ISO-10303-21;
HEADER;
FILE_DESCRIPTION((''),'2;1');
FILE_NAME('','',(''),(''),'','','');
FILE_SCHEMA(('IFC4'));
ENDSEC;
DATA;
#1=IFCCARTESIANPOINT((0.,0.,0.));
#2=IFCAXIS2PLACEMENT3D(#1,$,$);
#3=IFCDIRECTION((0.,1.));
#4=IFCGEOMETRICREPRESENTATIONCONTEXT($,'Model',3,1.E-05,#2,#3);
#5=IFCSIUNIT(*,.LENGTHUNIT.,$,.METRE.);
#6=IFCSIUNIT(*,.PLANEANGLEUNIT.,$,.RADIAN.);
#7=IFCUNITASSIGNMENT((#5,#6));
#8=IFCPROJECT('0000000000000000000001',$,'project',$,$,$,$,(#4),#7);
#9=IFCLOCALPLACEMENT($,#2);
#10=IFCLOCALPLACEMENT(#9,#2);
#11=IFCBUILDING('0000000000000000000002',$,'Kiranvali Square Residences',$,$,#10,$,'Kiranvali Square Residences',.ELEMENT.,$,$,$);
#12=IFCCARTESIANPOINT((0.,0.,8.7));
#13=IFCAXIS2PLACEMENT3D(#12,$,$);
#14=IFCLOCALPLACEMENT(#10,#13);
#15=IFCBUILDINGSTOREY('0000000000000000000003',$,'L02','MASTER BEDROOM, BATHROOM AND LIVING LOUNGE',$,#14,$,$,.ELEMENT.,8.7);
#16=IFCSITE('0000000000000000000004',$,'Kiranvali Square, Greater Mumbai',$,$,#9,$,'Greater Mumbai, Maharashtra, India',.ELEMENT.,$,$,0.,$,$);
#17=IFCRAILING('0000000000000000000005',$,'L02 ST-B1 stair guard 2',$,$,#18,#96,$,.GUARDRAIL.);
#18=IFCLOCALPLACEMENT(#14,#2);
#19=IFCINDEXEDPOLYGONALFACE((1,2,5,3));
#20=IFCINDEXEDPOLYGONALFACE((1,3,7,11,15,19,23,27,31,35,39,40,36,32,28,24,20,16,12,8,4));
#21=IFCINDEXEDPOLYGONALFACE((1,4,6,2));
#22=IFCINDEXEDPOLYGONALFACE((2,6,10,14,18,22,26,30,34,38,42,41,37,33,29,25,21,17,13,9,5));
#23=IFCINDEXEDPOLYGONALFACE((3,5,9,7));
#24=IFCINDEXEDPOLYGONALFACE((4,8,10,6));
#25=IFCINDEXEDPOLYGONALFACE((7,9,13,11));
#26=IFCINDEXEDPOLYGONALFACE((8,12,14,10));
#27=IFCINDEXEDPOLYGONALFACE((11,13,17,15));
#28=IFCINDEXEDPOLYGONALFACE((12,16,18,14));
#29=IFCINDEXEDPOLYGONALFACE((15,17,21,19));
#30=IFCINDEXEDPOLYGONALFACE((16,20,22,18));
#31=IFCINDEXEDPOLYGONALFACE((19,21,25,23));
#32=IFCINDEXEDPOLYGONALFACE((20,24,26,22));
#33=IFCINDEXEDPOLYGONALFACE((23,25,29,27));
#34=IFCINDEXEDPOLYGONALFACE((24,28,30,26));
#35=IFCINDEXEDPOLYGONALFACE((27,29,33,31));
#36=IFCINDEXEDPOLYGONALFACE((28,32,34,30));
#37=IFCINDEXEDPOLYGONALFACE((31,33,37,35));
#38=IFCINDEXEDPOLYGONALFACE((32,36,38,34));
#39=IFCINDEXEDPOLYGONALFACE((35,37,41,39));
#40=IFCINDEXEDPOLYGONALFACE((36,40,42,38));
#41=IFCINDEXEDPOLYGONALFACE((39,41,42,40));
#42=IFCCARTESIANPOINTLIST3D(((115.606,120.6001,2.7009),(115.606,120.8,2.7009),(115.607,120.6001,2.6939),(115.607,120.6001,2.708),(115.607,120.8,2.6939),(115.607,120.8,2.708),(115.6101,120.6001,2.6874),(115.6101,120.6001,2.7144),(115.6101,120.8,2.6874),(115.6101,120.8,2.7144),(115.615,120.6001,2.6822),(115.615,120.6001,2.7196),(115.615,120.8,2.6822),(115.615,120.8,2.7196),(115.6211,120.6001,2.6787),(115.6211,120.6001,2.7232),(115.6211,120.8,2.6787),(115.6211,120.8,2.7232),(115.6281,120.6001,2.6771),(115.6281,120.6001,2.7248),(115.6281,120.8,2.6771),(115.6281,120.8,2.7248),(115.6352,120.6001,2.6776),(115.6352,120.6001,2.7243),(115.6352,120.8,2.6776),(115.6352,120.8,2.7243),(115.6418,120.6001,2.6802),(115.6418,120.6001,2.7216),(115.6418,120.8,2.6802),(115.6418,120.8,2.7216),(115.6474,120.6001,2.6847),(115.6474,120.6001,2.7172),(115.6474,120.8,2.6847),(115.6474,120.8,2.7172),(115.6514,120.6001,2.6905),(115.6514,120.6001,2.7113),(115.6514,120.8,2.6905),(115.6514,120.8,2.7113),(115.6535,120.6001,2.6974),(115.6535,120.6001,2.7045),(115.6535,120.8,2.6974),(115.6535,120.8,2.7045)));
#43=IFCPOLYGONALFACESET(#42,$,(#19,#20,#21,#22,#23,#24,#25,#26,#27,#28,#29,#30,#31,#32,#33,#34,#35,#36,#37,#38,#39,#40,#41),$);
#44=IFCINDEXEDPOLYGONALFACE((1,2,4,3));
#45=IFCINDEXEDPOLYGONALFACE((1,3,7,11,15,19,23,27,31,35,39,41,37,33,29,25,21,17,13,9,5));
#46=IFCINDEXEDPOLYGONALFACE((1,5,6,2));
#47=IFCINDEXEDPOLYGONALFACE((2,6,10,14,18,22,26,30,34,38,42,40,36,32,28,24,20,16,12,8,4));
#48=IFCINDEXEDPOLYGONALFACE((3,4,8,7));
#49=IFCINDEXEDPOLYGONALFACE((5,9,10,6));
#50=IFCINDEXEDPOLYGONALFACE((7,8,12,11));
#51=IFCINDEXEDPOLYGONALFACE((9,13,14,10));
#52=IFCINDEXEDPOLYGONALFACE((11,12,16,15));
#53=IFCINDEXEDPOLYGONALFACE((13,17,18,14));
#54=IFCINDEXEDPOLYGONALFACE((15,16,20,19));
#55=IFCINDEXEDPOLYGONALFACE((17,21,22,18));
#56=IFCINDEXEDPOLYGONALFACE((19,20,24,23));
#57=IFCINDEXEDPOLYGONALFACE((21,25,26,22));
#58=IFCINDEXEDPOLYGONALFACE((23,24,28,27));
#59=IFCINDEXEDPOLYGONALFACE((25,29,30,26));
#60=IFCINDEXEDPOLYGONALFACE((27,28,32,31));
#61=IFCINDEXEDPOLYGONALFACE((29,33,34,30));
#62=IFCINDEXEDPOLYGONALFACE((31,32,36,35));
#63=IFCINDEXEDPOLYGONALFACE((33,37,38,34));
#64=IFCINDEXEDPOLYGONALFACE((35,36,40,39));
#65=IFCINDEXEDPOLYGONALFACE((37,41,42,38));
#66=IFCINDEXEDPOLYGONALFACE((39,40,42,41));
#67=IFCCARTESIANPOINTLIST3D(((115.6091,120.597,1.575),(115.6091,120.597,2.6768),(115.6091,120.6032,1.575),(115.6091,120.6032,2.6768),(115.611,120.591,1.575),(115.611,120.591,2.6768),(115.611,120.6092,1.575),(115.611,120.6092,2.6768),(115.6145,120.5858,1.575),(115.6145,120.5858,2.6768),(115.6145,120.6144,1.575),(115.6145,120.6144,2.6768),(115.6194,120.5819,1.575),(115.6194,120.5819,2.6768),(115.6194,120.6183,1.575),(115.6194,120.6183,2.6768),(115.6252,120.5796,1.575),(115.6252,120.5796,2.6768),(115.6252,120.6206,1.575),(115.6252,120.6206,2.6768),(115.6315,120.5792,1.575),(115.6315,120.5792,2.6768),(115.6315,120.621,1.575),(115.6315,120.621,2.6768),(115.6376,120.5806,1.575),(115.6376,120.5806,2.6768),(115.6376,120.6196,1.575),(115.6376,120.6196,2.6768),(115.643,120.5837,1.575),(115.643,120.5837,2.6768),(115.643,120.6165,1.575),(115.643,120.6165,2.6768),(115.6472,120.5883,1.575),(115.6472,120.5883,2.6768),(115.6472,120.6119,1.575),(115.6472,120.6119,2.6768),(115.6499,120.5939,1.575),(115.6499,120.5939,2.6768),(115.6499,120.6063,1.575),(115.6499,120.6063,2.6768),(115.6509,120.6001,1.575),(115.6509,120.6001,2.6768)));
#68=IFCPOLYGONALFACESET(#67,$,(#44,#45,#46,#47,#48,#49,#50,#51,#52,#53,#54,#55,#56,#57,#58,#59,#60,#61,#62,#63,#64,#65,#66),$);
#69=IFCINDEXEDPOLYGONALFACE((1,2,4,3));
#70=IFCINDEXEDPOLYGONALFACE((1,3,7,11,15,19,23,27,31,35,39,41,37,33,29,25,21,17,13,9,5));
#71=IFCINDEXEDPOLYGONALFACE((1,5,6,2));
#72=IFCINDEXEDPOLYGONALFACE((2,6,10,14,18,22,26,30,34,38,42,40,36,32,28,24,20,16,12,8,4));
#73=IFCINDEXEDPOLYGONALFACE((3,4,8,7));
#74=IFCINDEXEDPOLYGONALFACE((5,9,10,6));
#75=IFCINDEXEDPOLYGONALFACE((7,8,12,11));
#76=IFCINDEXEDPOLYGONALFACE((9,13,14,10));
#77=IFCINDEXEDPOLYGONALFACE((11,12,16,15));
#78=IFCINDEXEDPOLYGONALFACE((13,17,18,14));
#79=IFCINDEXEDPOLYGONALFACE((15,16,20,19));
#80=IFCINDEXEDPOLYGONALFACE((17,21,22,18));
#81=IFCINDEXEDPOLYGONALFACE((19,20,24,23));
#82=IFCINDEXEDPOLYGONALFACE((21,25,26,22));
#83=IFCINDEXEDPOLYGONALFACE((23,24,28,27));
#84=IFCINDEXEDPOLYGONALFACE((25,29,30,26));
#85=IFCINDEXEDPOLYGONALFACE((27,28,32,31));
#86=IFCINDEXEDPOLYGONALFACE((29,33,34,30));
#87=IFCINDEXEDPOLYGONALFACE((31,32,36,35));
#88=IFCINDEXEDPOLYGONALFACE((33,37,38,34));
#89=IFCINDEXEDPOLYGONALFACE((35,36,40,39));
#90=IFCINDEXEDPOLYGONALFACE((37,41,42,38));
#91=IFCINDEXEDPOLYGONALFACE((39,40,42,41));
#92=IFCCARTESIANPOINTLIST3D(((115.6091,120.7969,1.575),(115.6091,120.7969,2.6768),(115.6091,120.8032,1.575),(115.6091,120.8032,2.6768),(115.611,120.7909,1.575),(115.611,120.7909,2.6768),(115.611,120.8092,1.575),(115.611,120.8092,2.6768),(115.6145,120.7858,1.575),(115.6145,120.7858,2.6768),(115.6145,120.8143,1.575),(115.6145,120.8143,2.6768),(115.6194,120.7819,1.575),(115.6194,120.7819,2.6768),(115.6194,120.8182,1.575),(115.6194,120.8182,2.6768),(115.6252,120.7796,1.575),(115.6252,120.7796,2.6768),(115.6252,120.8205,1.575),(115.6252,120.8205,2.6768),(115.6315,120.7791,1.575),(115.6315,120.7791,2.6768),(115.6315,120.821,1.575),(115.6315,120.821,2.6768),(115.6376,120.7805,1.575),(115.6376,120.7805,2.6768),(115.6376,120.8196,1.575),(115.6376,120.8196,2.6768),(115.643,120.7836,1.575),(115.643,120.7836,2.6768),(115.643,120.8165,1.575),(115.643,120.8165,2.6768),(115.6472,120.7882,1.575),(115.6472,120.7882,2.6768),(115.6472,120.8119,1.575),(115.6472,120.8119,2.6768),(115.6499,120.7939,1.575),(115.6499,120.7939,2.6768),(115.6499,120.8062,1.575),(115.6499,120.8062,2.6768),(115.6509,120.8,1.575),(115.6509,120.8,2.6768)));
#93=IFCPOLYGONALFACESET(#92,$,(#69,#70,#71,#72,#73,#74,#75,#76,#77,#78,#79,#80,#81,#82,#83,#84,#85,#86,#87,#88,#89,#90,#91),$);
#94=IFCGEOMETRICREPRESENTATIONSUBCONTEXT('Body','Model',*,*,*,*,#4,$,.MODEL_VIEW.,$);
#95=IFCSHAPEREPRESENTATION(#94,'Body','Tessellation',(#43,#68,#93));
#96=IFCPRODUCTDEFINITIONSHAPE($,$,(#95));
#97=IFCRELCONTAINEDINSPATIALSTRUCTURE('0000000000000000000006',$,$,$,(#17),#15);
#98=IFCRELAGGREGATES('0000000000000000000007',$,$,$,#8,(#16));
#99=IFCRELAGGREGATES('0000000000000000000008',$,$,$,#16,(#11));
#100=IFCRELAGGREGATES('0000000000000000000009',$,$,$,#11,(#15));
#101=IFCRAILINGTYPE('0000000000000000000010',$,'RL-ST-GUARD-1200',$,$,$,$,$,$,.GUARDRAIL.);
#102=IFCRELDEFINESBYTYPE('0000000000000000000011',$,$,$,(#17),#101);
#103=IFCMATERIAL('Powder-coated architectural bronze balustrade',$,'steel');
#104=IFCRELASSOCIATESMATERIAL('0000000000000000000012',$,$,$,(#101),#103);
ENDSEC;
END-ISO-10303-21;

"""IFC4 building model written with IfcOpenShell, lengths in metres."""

from ifc_helpers import new_model, si_unit, direction, frame, origin, origin_2d, place, context, subcontext, project, spatial, circle, extrude, material, type_object, element, save


model = new_model("IFC4")

# Units and contexts
model_context = context("Model", 3, precision=1e-05, world=origin(), true_north=direction((0.0, 1.0)))
body_context = subcontext(model_context, "Body", "Model", "MODEL_VIEW")
ifc_project = project(units=[si_unit("LENGTHUNIT", "METRE"), si_unit("PLANEANGLEUNIT", "RADIAN")], contexts=[model_context])

# Site, building, storey
site_placement = place(None, origin())
site = spatial("IfcSite", under=ifc_project, at=site_placement, Name="Kiranvali Square, Greater Mumbai", LongName="Greater Mumbai, Maharashtra, India", CompositionType="ELEMENT", RefElevation=0.0)
building_placement = place(site_placement, origin())
building = spatial("IfcBuilding", under=site, at=building_placement, Name="Kiranvali Square Residences", LongName="Kiranvali Square Residences", CompositionType="ELEMENT")
storey_placement = place(building_placement, frame((0.0, 0.0, 8.7)))
storey = spatial("IfcBuildingStorey", under=building, at=storey_placement, Name="L02", Description="MASTER BEDROOM, BATHROOM AND LIVING LOUNGE", CompositionType="ELEMENT", Elevation=8.7)

# Railing
ifc_material_1 = material(Name="Powder-coated architectural bronze balustrade", Category="steel")
railing_type_1 = type_object("IfcRailingType", Name="RL-ST-GUARD-1200", PredefinedType="GUARDRAIL", material=ifc_material_1)
railing_1_placement = place(storey_placement, frame((115.6299, 120.6001, 1.575)))
element("IfcRailing", 1, at=railing_1_placement, inside=storey, type_object=railing_type_1, Name="L02 ST-B1 stair guard 2", PredefinedType="GUARDRAIL", context=body_context, shape_type="SweptSolid", body=[
    extrude(circle(Radius=0.0239, at=origin_2d()), frame((0.0, 0.0, 1.126), z_axis=(0.0, 1.0, 0.0), x_axis=(-1.0, 0.0, 0.0)), (0.0, 0.0, 1.0), 0.2),
    extrude(circle(Radius=0.021, at=origin_2d()), origin(), (0.0, 0.0, 1.0), 1.1018),
    extrude(circle(Radius=0.021, at=origin_2d()), frame((0.0, 0.2, 0.0)), (0.0, 0.0, 1.0), 1.1018),
])

save(model, "model.ifc")
